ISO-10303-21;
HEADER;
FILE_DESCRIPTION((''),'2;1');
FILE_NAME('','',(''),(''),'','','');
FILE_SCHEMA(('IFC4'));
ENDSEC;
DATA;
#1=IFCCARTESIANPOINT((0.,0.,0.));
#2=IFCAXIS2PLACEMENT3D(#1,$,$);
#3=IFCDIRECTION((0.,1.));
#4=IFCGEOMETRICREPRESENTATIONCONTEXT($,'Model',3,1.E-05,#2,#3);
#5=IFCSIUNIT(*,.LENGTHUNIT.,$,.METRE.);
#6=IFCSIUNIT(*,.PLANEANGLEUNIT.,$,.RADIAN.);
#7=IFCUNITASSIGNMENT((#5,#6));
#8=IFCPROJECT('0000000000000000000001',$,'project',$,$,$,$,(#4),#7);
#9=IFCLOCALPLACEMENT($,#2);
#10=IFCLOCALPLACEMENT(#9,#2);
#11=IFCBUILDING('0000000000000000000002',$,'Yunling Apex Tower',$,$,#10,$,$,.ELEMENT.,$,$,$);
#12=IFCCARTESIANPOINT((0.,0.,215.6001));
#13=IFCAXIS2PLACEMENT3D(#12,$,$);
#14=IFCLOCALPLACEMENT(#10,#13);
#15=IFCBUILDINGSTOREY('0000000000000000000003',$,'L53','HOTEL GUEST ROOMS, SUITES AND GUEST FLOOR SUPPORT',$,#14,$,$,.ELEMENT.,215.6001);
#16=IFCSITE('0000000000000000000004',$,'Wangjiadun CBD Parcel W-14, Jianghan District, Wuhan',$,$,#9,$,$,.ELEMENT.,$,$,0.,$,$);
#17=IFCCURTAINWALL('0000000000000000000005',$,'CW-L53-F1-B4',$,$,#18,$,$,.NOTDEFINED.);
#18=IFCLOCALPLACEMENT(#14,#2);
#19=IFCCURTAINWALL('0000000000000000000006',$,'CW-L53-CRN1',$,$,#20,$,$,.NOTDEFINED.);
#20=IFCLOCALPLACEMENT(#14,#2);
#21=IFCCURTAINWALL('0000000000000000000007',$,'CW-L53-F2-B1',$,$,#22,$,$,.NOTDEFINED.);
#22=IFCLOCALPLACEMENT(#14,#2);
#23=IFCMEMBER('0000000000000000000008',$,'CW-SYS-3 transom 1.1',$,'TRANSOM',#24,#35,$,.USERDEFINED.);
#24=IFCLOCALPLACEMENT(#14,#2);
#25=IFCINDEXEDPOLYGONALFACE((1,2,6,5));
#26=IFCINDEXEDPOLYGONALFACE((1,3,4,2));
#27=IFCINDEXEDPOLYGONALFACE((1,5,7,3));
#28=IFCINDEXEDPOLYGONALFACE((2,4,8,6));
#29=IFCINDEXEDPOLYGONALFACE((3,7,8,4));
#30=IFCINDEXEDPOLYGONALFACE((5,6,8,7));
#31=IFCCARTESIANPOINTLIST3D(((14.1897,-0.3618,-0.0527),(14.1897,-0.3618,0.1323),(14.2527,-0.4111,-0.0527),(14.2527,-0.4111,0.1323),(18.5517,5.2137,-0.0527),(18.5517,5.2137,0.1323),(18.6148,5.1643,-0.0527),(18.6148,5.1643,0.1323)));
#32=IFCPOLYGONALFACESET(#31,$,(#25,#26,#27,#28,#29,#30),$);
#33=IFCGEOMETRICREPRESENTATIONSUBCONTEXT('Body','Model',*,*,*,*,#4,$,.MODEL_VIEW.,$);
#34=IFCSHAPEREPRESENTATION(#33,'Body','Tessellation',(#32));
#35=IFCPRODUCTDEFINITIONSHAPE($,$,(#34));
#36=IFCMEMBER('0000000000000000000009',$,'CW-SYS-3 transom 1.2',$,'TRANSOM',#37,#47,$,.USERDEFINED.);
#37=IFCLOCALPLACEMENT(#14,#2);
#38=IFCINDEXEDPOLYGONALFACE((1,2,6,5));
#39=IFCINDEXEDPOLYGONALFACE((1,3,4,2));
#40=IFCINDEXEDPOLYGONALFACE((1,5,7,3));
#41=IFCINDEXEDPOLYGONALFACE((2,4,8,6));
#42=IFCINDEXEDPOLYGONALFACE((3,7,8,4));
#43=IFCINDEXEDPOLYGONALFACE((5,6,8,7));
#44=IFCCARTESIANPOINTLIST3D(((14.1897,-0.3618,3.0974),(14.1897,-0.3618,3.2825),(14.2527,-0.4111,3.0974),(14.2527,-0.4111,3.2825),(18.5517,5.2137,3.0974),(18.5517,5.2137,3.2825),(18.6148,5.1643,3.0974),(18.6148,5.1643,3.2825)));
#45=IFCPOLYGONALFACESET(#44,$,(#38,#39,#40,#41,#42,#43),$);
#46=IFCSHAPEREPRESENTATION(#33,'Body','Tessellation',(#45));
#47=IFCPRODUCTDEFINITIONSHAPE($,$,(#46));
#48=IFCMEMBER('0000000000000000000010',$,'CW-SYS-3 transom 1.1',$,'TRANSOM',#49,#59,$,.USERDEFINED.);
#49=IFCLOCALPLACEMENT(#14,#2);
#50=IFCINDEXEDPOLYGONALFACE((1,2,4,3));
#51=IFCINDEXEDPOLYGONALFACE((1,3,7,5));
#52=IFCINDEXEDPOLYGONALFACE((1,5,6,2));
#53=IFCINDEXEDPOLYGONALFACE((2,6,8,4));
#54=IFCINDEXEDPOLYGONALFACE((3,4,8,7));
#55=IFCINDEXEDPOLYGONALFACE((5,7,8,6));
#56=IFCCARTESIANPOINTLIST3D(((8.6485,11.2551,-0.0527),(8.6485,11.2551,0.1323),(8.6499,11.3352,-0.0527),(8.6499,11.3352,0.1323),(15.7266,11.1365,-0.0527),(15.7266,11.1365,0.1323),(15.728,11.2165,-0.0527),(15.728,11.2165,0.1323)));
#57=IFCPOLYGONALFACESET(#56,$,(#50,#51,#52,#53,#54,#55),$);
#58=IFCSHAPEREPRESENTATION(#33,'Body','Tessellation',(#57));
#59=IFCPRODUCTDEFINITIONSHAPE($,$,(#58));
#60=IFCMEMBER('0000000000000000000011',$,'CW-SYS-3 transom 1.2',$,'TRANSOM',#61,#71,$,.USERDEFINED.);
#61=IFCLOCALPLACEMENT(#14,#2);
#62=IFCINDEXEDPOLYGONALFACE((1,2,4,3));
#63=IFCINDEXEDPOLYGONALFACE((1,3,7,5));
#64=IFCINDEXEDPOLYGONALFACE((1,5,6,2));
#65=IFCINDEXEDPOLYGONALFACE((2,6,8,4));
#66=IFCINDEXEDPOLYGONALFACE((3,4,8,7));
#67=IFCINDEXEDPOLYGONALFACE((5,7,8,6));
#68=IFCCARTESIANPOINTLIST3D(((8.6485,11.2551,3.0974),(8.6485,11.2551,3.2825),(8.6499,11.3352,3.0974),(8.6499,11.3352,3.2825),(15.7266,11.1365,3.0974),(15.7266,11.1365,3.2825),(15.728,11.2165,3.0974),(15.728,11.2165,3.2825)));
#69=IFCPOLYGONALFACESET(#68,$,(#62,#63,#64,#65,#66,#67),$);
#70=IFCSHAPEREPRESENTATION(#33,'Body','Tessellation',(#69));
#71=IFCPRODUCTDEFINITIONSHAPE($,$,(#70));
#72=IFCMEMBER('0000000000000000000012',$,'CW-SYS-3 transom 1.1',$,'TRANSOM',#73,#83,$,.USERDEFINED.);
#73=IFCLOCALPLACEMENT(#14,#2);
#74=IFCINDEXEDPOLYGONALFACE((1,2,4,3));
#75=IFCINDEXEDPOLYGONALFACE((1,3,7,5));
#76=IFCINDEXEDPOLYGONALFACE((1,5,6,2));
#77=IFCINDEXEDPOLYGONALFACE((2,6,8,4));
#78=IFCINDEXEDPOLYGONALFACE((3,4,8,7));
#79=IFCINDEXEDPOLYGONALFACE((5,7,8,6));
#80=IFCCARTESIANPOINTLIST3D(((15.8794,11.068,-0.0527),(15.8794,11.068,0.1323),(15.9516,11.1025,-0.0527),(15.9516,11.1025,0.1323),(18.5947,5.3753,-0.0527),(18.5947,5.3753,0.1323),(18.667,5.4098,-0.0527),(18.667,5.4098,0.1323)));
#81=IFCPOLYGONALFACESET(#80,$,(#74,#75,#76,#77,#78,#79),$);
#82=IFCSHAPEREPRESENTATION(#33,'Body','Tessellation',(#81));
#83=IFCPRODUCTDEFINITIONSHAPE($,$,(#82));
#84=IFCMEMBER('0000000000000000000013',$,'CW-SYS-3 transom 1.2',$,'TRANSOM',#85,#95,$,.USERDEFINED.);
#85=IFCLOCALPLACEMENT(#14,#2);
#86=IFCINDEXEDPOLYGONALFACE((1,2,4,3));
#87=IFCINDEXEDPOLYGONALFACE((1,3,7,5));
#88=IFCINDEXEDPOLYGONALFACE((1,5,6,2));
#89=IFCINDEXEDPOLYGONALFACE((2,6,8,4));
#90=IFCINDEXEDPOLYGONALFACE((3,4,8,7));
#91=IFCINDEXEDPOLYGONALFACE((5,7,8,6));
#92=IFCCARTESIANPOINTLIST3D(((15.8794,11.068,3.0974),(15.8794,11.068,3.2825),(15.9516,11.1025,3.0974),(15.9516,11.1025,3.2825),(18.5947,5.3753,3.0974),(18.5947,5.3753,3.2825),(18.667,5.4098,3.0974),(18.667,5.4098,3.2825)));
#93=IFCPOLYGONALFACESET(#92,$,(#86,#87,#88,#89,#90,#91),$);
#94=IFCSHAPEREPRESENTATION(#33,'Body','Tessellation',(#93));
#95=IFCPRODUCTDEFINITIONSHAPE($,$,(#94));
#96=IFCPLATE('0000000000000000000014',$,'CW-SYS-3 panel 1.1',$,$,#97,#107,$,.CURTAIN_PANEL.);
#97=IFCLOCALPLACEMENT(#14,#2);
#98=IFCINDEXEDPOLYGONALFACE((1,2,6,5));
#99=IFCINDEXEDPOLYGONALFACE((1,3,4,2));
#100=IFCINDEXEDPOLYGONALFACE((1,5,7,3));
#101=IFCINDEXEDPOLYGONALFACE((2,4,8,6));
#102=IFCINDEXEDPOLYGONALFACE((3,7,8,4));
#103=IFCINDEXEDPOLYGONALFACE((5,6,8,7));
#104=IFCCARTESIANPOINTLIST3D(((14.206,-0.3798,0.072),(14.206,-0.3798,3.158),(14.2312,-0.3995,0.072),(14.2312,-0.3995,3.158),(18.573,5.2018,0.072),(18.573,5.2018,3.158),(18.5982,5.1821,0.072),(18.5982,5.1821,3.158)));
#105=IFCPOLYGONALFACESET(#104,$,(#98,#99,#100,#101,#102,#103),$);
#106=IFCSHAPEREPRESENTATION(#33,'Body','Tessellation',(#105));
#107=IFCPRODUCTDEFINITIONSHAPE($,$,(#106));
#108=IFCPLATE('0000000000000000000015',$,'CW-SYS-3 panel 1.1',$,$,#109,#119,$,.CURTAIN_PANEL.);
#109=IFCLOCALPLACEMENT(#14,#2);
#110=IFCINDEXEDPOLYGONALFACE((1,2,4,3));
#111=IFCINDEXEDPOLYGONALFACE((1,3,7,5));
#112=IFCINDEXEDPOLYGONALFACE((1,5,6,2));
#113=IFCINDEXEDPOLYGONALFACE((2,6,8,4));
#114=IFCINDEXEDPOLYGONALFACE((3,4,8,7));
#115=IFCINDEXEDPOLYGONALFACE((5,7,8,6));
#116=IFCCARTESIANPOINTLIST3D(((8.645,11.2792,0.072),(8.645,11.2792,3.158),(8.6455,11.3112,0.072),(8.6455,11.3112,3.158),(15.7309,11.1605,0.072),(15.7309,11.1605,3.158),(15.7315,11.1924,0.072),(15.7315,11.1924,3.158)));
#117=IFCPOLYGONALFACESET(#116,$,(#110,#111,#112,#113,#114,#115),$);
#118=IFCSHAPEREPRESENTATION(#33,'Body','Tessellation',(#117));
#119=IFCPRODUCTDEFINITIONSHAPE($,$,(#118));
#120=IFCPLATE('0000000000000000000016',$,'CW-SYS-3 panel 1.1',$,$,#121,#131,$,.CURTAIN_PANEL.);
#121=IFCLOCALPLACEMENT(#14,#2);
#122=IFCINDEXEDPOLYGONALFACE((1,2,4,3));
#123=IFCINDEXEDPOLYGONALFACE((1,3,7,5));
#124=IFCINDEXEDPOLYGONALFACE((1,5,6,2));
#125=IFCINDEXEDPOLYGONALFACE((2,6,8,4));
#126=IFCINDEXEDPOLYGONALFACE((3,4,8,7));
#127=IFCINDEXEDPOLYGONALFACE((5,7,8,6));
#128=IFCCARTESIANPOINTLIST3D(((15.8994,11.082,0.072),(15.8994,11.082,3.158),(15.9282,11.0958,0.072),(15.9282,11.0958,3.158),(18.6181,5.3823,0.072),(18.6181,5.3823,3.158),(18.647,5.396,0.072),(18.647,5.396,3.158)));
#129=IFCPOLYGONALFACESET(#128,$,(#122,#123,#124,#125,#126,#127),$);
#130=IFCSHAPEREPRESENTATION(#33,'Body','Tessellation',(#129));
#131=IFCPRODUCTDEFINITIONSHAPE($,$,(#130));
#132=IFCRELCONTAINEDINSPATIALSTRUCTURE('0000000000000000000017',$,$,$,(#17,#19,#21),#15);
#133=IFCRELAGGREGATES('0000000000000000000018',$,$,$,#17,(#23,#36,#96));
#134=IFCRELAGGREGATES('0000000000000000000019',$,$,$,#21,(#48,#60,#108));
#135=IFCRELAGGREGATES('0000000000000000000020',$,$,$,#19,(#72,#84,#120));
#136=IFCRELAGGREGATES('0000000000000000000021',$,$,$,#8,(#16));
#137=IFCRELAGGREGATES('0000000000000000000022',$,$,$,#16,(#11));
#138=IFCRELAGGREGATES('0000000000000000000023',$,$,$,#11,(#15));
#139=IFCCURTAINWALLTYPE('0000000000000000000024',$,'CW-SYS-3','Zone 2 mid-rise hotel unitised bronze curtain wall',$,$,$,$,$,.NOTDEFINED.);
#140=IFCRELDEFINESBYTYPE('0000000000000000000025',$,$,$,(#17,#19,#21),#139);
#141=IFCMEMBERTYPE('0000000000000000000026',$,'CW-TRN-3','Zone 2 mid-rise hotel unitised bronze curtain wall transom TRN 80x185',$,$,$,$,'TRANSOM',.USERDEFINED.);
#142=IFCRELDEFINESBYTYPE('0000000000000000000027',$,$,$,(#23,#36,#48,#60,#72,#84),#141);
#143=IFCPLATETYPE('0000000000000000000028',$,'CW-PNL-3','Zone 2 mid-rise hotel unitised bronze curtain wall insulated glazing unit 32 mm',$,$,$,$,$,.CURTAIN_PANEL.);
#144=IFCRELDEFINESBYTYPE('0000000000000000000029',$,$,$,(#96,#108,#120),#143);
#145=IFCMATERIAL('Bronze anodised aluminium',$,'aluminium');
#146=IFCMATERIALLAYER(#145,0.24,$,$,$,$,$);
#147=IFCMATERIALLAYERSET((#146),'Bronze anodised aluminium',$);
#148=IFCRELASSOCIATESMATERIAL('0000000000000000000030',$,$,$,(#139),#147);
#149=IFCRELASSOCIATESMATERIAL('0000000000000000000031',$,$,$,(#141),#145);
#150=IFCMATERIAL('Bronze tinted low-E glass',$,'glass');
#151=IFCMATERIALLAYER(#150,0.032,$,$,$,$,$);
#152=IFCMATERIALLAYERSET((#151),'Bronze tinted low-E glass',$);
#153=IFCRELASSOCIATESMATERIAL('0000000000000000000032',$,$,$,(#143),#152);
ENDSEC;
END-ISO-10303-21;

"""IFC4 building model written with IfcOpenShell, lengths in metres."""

from ifc_helpers import new_model, si_unit, direction, frame, origin, origin_2d, place, context, subcontext, project, spatial, rectangle, extrude, source, transform, mapped, material, layer, layer_set, material_profile, profile_set, type_object, element, aggregate, save


model = new_model("IFC4")

# Units and contexts
model_context = context("Model", 3, precision=1e-05, world=origin(), true_north=direction((0.0, 1.0)))
body_context = subcontext(model_context, "Body", "Model", "MODEL_VIEW")
ifc_project = project(units=[si_unit("LENGTHUNIT", "METRE"), si_unit("PLANEANGLEUNIT", "RADIAN")], contexts=[model_context])

# Site, building, storey
site_placement = place(None, origin())
site = spatial("IfcSite", under=ifc_project, at=site_placement, Name="Wangjiadun CBD Parcel W-14, Jianghan District, Wuhan", CompositionType="ELEMENT", RefElevation=0.0)
building_placement = place(site_placement, origin())
building = spatial("IfcBuilding", under=site, at=building_placement, Name="Yunling Apex Tower", CompositionType="ELEMENT")
storey_placement = place(building_placement, frame((0.0, 0.0, 215.6001)))
storey = spatial("IfcBuildingStorey", under=building, at=storey_placement, Name="L53", Description="HOTEL GUEST ROOMS, SUITES AND GUEST FLOOR SUPPORT", CompositionType="ELEMENT", Elevation=215.6001)

# Curtain walls
ifc_material_1 = material(Name="Bronze anodised aluminium", Category="aluminium")
ifc_layer_1 = layer(ifc_material_1, 0.24)
ifc_layer_set_1 = layer_set([ifc_layer_1], Name="Bronze anodised aluminium")
curtain_wall_type = type_object("IfcCurtainWallType", Name="CW-SYS-3", Description="Zone 2 mid-rise hotel unitised bronze curtain wall", PredefinedType="NOTDEFINED", material=ifc_layer_set_1)
curtain_wall_1_placement = place(storey_placement, origin())
curtain_wall_1 = element("IfcCurtainWall", 1, at=curtain_wall_1_placement, inside=storey, type_object=curtain_wall_type, Name="CW-L53-F1-B4", PredefinedType="NOTDEFINED")
curtain_wall_2_placement = place(storey_placement, origin())
curtain_wall_2 = element("IfcCurtainWall", 2, at=curtain_wall_2_placement, inside=storey, type_object=curtain_wall_type, Name="CW-L53-CRN1", PredefinedType="NOTDEFINED")
curtain_wall_3_placement = place(storey_placement, origin())
curtain_wall_3 = element("IfcCurtainWall", 3, at=curtain_wall_3_placement, inside=storey, type_object=curtain_wall_type, Name="CW-L53-F2-B1", PredefinedType="NOTDEFINED")

# Members
ifc_material_profile_1 = material_profile(ifc_material_1, rectangle(XDim=0.0801, YDim=0.1851, at=origin_2d()))
ifc_profile_set_1 = profile_set([ifc_material_profile_1], Name="Bronze anodised aluminium")
member_type_1 = type_object("IfcMemberType", Name="CW-TRN-3", Description="Zone 2 mid-rise hotel unitised bronze curtain wall transom TRN 80x185", ElementType="TRANSOM", PredefinedType="USERDEFINED", material=ifc_profile_set_1)
shared_shape_1 = source(origin(), body_context, "Body", "SweptSolid", [
    extrude(rectangle(XDim=0.0801, YDim=0.1851, at=origin_2d()), origin(), (0.0, 0.0, 1.0), 7.0791),
])
member_1_placement = place(storey_placement, frame((14.2212, -0.3865, 0.0398), z_axis=(0.616192, 0.787596, 0.0), x_axis=(-0.787596, 0.616192, 0.0)))
member_1 = element("IfcMember", 4, at=member_1_placement, type_object=member_type_1, Name="CW-SYS-3 transom 1.1", ObjectType="TRANSOM", PredefinedType="USERDEFINED", context=body_context, shape_type="MappedRepresentation", body=[
    mapped(shared_shape_1, transform((0.0, 0.0, 0.0), scale=1.0)),
])
member_2_placement = place(storey_placement, frame((14.2212, -0.3865, 3.1899), z_axis=(0.616192, 0.787596, 0.0), x_axis=(-0.787596, 0.616192, 0.0)))
member_2 = element("IfcMember", 5, at=member_2_placement, type_object=member_type_1, Name="CW-SYS-3 transom 1.2", ObjectType="TRANSOM", PredefinedType="USERDEFINED", context=body_context, shape_type="MappedRepresentation", body=[
    mapped(shared_shape_1, transform((0.0, 0.0, 0.0), scale=1.0)),
])
member_3_placement = place(storey_placement, frame((15.7273, 11.1765, 0.0398), z_axis=(-0.99986, 0.016761, 0.0), x_axis=(-0.016761, -0.99986, 0.0)))
member_3 = element("IfcMember", 6, at=member_3_placement, type_object=member_type_1, Name="CW-SYS-3 transom 1.1", ObjectType="TRANSOM", PredefinedType="USERDEFINED", context=body_context, shape_type="MappedRepresentation", body=[
    mapped(shared_shape_1, transform((0.0, 0.0, 0.0), scale=1.0)),
])
member_4_placement = place(storey_placement, frame((15.7273, 11.1765, 3.1899), z_axis=(-0.99986, 0.016761, 0.0), x_axis=(-0.016761, -0.99986, 0.0)))
member_4 = element("IfcMember", 7, at=member_4_placement, type_object=member_type_1, Name="CW-SYS-3 transom 1.2", ObjectType="TRANSOM", PredefinedType="USERDEFINED", context=body_context, shape_type="MappedRepresentation", body=[
    mapped(shared_shape_1, transform((0.0, 0.0, 0.0), scale=1.0)),
])
shared_shape_2 = source(origin(), body_context, "Body", "SweptSolid", [
    extrude(rectangle(XDim=0.0801, YDim=0.1851, at=origin_2d()), origin(), (0.0, 0.0, 1.0), 6.3071),
])
member_5_placement = place(storey_placement, frame((18.6309, 5.3926, 0.0398), z_axis=(-0.430522, 0.90258, 0.0), x_axis=(-0.90258, -0.430522, 0.0)))
member_5 = element("IfcMember", 8, at=member_5_placement, type_object=member_type_1, Name="CW-SYS-3 transom 1.1", ObjectType="TRANSOM", PredefinedType="USERDEFINED", context=body_context, shape_type="MappedRepresentation", body=[
    mapped(shared_shape_2, transform((0.0, 0.0, 0.0), scale=1.0)),
])
member_6_placement = place(storey_placement, frame((18.6309, 5.3926, 3.1899), z_axis=(-0.430522, 0.90258, 0.0), x_axis=(-0.90258, -0.430522, 0.0)))
member_6 = element("IfcMember", 9, at=member_6_placement, type_object=member_type_1, Name="CW-SYS-3 transom 1.2", ObjectType="TRANSOM", PredefinedType="USERDEFINED", context=body_context, shape_type="MappedRepresentation", body=[
    mapped(shared_shape_2, transform((0.0, 0.0, 0.0), scale=1.0)),
])

# Plates
ifc_material_2 = material(Name="Bronze tinted low-E glass", Category="glass")
ifc_layer_2 = layer(ifc_material_2, 0.032)
ifc_layer_set_2 = layer_set([ifc_layer_2], Name="Bronze tinted low-E glass")
plate_type = type_object("IfcPlateType", Name="CW-PNL-3", Description="Zone 2 mid-rise hotel unitised bronze curtain wall insulated glazing unit 32 mm", PredefinedType="CURTAIN_PANEL", material=ifc_layer_set_2)
shared_shape_3 = source(origin(), body_context, "Body", "SweptSolid", [
    extrude(rectangle(XDim=7.0869, YDim=0.032, at=origin_2d()), origin(), (0.0, 0.0, 1.0), 3.0859),
])
plate_1_placement = place(storey_placement, frame((16.4021, 2.4011, 0.072), z_axis=(0.0, 0.0, 1.0), x_axis=(0.6162, 0.787589, 0.0)))
plate_1 = element("IfcPlate", 10, at=plate_1_placement, type_object=plate_type, Name="CW-SYS-3 panel 1.1", PredefinedType="CURTAIN_PANEL", context=body_context, shape_type="MappedRepresentation", body=[
    mapped(shared_shape_3, transform((0.0, 0.0, 0.0), scale=1.0)),
])
aggregate(curtain_wall_1, [member_1, member_2, plate_1])
plate_2_placement = place(storey_placement, frame((12.1882, 11.2358, 0.072), z_axis=(0.0, 0.0, 1.0), x_axis=(-0.99986, 0.016761, 0.0)))
plate_2 = element("IfcPlate", 11, at=plate_2_placement, type_object=plate_type, Name="CW-SYS-3 panel 1.1", PredefinedType="CURTAIN_PANEL", context=body_context, shape_type="MappedRepresentation", body=[
    mapped(shared_shape_3, transform((0.0, 0.0, 0.0), scale=1.0)),
])
aggregate(curtain_wall_3, [member_3, member_4, plate_2])
shared_shape_4 = source(origin(), body_context, "Body", "SweptSolid", [
    extrude(rectangle(XDim=6.3149, YDim=0.032, at=origin_2d()), origin(), (0.0, 0.0, 1.0), 3.0859),
])
plate_3_placement = place(storey_placement, frame((17.2732, 8.239, 0.072), z_axis=(0.0, 0.0, 1.0), x_axis=(-0.430527, 0.902578, 0.0)))
plate_3 = element("IfcPlate", 12, at=plate_3_placement, type_object=plate_type, Name="CW-SYS-3 panel 1.1", PredefinedType="CURTAIN_PANEL", context=body_context, shape_type="MappedRepresentation", body=[
    mapped(shared_shape_4, transform((0.0, 0.0, 0.0), scale=1.0)),
])
aggregate(curtain_wall_2, [member_5, member_6, plate_3])

save(model, "model.ifc")
